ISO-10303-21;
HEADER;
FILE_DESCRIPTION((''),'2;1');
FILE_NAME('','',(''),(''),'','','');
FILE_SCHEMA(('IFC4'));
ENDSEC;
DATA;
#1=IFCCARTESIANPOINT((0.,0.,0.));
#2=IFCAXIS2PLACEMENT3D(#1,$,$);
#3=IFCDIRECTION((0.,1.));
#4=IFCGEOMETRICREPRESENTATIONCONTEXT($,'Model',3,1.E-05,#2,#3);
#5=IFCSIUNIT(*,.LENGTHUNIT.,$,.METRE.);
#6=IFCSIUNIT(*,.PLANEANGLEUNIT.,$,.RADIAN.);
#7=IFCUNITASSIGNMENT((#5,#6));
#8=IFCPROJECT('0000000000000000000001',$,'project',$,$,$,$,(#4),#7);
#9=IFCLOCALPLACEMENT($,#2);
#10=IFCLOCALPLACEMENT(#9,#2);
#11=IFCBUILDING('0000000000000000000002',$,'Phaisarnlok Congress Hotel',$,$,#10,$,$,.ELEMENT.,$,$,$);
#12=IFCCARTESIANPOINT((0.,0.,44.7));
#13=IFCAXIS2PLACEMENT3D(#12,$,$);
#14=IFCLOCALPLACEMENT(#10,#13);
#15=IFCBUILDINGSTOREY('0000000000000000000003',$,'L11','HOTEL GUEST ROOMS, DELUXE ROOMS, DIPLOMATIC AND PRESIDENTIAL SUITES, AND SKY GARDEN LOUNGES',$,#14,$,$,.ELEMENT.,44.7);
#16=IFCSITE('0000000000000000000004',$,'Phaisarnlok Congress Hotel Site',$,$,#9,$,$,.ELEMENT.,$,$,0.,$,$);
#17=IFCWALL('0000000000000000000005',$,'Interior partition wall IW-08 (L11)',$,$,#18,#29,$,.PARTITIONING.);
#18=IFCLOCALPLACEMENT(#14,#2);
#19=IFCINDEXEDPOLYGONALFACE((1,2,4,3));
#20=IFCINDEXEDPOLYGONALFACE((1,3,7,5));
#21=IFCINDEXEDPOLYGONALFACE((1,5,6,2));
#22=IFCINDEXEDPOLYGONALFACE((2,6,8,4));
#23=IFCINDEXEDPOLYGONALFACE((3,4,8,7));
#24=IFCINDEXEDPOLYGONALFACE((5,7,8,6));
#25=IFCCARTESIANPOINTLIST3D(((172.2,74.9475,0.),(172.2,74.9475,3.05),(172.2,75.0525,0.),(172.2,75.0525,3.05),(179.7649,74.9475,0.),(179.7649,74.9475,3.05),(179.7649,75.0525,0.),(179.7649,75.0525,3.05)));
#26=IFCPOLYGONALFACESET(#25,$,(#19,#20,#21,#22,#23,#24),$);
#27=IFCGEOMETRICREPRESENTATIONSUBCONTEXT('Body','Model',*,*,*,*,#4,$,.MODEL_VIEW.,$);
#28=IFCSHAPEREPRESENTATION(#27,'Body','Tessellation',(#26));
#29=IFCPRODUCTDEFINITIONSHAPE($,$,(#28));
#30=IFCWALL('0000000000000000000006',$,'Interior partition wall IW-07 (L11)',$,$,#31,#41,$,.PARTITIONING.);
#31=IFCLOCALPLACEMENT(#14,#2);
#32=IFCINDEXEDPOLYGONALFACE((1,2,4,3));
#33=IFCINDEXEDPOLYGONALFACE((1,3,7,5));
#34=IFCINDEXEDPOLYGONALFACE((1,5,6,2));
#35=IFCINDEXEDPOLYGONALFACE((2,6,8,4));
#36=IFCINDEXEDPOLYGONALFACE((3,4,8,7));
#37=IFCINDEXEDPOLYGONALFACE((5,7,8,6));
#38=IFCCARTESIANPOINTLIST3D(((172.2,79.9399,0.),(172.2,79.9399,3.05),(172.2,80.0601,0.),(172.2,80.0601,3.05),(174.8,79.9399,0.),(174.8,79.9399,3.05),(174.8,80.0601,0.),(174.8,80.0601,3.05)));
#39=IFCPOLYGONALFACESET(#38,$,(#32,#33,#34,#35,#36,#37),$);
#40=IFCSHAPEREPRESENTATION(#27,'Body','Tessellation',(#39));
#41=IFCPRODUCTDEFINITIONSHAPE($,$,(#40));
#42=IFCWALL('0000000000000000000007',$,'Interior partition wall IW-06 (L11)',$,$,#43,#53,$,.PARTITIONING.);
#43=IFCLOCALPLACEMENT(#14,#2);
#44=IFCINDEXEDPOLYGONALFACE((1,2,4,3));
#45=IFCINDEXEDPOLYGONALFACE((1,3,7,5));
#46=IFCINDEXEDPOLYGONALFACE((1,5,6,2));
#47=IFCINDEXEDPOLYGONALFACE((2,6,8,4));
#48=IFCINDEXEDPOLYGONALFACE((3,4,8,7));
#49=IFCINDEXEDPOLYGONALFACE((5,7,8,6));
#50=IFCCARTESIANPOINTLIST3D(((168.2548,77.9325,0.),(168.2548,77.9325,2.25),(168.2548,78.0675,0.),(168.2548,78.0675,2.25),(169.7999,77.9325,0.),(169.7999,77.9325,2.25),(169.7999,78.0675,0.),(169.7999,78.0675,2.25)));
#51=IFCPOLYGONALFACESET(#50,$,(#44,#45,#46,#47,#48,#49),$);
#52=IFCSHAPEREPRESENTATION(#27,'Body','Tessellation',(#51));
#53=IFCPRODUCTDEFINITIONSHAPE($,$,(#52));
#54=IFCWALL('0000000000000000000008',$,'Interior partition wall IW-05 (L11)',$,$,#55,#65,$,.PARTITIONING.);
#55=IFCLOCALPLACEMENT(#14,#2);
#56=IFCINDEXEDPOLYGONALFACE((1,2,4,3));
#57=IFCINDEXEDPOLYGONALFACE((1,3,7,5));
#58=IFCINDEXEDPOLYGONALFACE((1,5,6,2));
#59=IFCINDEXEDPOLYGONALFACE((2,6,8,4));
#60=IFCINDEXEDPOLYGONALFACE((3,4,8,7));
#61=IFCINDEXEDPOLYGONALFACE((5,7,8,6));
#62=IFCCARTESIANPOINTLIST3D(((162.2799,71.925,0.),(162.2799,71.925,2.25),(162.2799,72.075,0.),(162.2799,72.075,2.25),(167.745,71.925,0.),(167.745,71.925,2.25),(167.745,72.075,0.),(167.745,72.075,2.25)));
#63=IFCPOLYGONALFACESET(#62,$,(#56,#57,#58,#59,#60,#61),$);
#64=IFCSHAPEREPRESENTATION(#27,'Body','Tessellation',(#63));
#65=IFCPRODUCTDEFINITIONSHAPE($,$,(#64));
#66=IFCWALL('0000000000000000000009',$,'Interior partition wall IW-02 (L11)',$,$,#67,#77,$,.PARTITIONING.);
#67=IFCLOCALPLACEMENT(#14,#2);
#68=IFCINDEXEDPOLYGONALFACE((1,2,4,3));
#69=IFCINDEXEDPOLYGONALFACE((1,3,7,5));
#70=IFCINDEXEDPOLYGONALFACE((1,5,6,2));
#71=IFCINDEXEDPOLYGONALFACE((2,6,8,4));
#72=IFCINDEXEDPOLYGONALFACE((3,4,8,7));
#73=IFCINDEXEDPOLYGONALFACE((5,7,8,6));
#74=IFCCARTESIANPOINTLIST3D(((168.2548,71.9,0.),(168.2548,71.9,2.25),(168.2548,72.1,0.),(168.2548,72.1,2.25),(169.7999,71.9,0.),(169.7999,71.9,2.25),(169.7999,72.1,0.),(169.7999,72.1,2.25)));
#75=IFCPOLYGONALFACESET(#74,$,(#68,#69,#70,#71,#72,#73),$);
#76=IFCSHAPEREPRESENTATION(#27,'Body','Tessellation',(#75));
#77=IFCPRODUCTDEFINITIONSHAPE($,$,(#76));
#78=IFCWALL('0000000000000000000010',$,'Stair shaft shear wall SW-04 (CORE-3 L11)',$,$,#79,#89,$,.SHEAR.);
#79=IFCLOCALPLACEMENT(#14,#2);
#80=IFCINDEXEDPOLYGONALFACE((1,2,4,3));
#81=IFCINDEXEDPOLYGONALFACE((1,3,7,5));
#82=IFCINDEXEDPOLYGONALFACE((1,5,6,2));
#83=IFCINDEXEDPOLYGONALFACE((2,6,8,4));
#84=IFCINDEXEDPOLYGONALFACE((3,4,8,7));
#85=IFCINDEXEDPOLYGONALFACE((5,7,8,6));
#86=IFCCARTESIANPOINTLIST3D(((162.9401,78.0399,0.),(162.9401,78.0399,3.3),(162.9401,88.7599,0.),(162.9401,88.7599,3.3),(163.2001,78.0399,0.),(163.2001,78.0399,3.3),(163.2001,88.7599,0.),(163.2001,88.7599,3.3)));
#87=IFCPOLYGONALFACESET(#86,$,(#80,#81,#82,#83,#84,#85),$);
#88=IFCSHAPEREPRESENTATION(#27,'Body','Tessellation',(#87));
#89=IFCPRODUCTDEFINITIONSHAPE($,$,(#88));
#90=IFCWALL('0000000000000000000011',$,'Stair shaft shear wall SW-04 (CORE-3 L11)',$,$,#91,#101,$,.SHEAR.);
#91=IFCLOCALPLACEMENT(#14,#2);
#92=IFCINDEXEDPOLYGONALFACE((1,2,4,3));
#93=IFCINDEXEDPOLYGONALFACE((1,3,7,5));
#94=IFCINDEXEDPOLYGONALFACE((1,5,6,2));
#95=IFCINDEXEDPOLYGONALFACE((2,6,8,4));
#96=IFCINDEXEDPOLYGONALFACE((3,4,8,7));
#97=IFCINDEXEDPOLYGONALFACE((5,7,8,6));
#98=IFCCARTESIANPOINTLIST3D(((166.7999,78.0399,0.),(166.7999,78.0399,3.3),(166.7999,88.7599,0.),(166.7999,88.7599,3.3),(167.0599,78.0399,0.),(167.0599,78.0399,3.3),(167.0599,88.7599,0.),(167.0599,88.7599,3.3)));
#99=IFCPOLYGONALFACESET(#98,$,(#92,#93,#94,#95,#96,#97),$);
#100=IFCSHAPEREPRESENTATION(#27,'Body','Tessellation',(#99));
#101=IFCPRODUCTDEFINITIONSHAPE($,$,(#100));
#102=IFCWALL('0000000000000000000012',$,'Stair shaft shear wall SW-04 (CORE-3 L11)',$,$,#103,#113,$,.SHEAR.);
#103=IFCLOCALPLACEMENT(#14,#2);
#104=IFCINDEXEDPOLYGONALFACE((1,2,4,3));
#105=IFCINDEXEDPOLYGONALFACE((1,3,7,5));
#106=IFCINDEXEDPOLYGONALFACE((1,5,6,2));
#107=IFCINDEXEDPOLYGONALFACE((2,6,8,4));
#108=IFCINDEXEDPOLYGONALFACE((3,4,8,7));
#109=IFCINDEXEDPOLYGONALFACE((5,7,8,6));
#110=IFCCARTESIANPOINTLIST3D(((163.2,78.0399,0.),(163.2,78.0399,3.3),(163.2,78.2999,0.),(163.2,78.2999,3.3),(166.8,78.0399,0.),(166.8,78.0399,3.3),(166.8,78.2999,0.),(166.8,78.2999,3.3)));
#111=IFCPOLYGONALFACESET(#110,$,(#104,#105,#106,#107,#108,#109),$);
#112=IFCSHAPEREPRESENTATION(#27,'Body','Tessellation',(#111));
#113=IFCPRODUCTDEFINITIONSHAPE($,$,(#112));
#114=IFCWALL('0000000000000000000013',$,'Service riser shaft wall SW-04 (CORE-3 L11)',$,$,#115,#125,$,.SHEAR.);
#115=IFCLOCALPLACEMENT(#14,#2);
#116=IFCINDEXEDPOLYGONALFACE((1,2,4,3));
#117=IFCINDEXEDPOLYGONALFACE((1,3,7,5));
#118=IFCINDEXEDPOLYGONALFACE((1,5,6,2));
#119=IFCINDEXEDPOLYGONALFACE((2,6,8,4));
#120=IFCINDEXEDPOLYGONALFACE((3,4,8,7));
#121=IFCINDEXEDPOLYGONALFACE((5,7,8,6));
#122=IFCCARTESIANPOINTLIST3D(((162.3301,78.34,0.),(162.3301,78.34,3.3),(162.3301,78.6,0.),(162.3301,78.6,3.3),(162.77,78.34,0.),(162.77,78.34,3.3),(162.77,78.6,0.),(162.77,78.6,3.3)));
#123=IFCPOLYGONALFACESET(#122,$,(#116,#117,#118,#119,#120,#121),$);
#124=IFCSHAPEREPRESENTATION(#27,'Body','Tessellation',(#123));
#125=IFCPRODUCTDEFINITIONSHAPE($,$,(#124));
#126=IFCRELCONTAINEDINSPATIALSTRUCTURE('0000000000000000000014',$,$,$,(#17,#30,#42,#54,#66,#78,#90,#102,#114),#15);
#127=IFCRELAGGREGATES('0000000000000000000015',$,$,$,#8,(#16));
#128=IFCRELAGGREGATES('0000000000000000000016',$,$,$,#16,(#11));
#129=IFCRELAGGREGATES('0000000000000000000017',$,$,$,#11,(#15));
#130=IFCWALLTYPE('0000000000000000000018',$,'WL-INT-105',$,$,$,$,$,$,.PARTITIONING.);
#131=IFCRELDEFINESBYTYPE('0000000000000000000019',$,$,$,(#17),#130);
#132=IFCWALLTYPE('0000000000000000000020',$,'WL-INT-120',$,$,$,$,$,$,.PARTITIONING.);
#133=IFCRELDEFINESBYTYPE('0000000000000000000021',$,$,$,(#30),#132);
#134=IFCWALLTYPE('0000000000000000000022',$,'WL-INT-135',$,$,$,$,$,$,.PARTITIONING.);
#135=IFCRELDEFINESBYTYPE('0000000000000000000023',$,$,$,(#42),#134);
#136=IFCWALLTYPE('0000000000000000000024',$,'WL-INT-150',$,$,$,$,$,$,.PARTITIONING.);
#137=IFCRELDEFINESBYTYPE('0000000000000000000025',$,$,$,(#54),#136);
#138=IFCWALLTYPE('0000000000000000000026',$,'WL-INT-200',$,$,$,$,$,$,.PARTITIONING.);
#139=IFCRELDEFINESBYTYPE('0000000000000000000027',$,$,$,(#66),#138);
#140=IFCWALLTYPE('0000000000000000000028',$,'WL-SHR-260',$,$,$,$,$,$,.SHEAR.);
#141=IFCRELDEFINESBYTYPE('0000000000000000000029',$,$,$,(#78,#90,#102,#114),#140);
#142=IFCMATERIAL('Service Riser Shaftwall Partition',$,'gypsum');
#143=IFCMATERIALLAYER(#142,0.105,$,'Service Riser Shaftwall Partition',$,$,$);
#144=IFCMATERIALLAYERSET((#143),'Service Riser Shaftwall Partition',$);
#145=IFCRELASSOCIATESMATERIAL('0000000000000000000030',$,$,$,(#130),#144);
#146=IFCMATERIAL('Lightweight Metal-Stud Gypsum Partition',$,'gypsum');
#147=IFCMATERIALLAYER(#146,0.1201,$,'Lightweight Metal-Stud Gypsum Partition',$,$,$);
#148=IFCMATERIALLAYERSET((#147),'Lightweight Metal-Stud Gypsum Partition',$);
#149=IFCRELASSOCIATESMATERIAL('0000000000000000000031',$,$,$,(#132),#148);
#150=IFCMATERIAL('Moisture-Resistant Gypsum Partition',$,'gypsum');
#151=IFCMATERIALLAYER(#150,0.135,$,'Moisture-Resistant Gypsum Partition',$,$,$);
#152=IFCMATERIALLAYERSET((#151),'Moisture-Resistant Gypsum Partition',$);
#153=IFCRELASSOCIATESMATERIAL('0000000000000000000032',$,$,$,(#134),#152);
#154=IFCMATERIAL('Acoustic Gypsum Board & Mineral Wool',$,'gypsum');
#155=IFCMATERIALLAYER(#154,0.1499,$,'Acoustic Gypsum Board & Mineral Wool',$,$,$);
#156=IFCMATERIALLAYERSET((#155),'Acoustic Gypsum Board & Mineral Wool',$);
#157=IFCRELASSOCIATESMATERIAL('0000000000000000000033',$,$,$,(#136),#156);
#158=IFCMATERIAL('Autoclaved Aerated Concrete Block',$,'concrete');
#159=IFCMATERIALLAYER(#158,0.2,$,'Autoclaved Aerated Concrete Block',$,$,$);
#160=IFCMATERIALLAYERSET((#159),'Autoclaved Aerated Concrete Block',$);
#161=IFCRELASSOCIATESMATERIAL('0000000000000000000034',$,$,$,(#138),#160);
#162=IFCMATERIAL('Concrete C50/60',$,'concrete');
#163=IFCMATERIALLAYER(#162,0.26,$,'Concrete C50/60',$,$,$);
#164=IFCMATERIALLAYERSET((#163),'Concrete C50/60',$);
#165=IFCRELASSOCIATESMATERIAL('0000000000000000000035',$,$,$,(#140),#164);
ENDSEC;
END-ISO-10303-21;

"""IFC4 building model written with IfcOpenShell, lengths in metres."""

from ifc_helpers import new_model, si_unit, direction, frame, frame_2d, origin, place, context, subcontext, project, spatial, rectangle, extrude, material, layer, layer_set, type_object, element, save


model = new_model("IFC4")

# Units and contexts
model_context = context("Model", 3, precision=1e-05, world=origin(), true_north=direction((0.0, 1.0)))
body_context = subcontext(model_context, "Body", "Model", "MODEL_VIEW")
ifc_project = project(units=[si_unit("LENGTHUNIT", "METRE"), si_unit("PLANEANGLEUNIT", "RADIAN")], contexts=[model_context])

# Site, building, storey
site_placement = place(None, origin())
site = spatial("IfcSite", under=ifc_project, at=site_placement, Name="Phaisarnlok Congress Hotel Site", CompositionType="ELEMENT", RefElevation=0.0)
building_placement = place(site_placement, origin())
building = spatial("IfcBuilding", under=site, at=building_placement, Name="Phaisarnlok Congress Hotel", CompositionType="ELEMENT")
storey_placement = place(building_placement, frame((0.0, 0.0, 44.7)))
storey = spatial("IfcBuildingStorey", under=building, at=storey_placement, Name="L11", Description="HOTEL GUEST ROOMS, DELUXE ROOMS, DIPLOMATIC AND PRESIDENTIAL SUITES, AND SKY GARDEN LOUNGES", CompositionType="ELEMENT", Elevation=44.7)

# Shared definitions
ifc_material_1 = material(Name="Concrete C50/60", Category="concrete")

# Walls
ifc_material_2 = material(Name="Service Riser Shaftwall Partition", Category="gypsum")
ifc_layer_1 = layer(ifc_material_2, 0.105, Name="Service Riser Shaftwall Partition")
ifc_layer_set_1 = layer_set([ifc_layer_1], Name="Service Riser Shaftwall Partition")
wall_type_1 = type_object("IfcWallType", Name="WL-INT-105", PredefinedType="PARTITIONING", material=ifc_layer_set_1)
wall_1_placement = place(storey_placement, frame((172.2, 75.0, 0.0), z_axis=(0.0, 0.0, 1.0), x_axis=(1.0, 0.0, 0.0)))
element("IfcWall", 1, at=wall_1_placement, inside=storey, type_object=wall_type_1, Name="Interior partition wall IW-08 (L11)", PredefinedType="PARTITIONING", context=body_context, shape_type="SweptSolid", body=[
    extrude(rectangle(XDim=7.5649, YDim=0.105, at=frame_2d((3.7825, 0.0))), origin(), (0.0, 0.0, 1.0), 3.05),
])
ifc_material_3 = material(Name="Lightweight Metal-Stud Gypsum Partition", Category="gypsum")
ifc_layer_2 = layer(ifc_material_3, 0.1201, Name="Lightweight Metal-Stud Gypsum Partition")
ifc_layer_set_2 = layer_set([ifc_layer_2], Name="Lightweight Metal-Stud Gypsum Partition")
wall_type_2 = type_object("IfcWallType", Name="WL-INT-120", PredefinedType="PARTITIONING", material=ifc_layer_set_2)
wall_2_placement = place(storey_placement, frame((172.2, 80.0, 0.0), z_axis=(0.0, 0.0, 1.0), x_axis=(1.0, 0.0, 0.0)))
element("IfcWall", 2, at=wall_2_placement, inside=storey, type_object=wall_type_2, Name="Interior partition wall IW-07 (L11)", PredefinedType="PARTITIONING", context=body_context, shape_type="SweptSolid", body=[
    extrude(rectangle(XDim=2.6001, YDim=0.1201, at=frame_2d((1.3, 0.0))), origin(), (0.0, 0.0, 1.0), 3.05),
])
ifc_material_4 = material(Name="Moisture-Resistant Gypsum Partition", Category="gypsum")
ifc_layer_3 = layer(ifc_material_4, 0.135, Name="Moisture-Resistant Gypsum Partition")
ifc_layer_set_3 = layer_set([ifc_layer_3], Name="Moisture-Resistant Gypsum Partition")
wall_type_3 = type_object("IfcWallType", Name="WL-INT-135", PredefinedType="PARTITIONING", material=ifc_layer_set_3)
wall_3_placement = place(storey_placement, frame((168.2549, 78.0, 0.0), z_axis=(0.0, 0.0, 1.0), x_axis=(1.0, 0.0, 0.0)))
element("IfcWall", 3, at=wall_3_placement, inside=storey, type_object=wall_type_3, Name="Interior partition wall IW-06 (L11)", PredefinedType="PARTITIONING", context=body_context, shape_type="SweptSolid", body=[
    extrude(rectangle(XDim=1.5452, YDim=0.135, at=frame_2d((0.7725, 0.0))), origin(), (0.0, 0.0, 1.0), 2.25),
])
ifc_material_5 = material(Name="Acoustic Gypsum Board & Mineral Wool", Category="gypsum")
ifc_layer_4 = layer(ifc_material_5, 0.1499, Name="Acoustic Gypsum Board & Mineral Wool")
ifc_layer_set_4 = layer_set([ifc_layer_4], Name="Acoustic Gypsum Board & Mineral Wool")
wall_type_4 = type_object("IfcWallType", Name="WL-INT-150", PredefinedType="PARTITIONING", material=ifc_layer_set_4)
wall_4_placement = place(storey_placement, frame((162.28, 72.0, 0.0), z_axis=(0.0, 0.0, 1.0), x_axis=(1.0, 0.0, 0.0)))
element("IfcWall", 4, at=wall_4_placement, inside=storey, type_object=wall_type_4, Name="Interior partition wall IW-05 (L11)", PredefinedType="PARTITIONING", context=body_context, shape_type="SweptSolid", body=[
    extrude(rectangle(XDim=5.4651, YDim=0.1499, at=frame_2d((2.7324, 0.0))), origin(), (0.0, 0.0, 1.0), 2.25),
])
ifc_material_6 = material(Name="Autoclaved Aerated Concrete Block", Category="concrete")
ifc_layer_5 = layer(ifc_material_6, 0.2, Name="Autoclaved Aerated Concrete Block")
ifc_layer_set_5 = layer_set([ifc_layer_5], Name="Autoclaved Aerated Concrete Block")
wall_type_5 = type_object("IfcWallType", Name="WL-INT-200", PredefinedType="PARTITIONING", material=ifc_layer_set_5)
wall_5_placement = place(storey_placement, frame((168.2549, 72.0, 0.0), z_axis=(0.0, 0.0, 1.0), x_axis=(1.0, 0.0, 0.0)))
element("IfcWall", 5, at=wall_5_placement, inside=storey, type_object=wall_type_5, Name="Interior partition wall IW-02 (L11)", PredefinedType="PARTITIONING", context=body_context, shape_type="SweptSolid", body=[
    extrude(rectangle(XDim=1.5452, YDim=0.2, at=frame_2d((0.7725, 0.0))), origin(), (0.0, 0.0, 1.0), 2.25),
])
ifc_layer_6 = layer(ifc_material_1, 0.26, Name="Concrete C50/60")
ifc_layer_set_6 = layer_set([ifc_layer_6], Name="Concrete C50/60")
wall_type_6 = type_object("IfcWallType", Name="WL-SHR-260", PredefinedType="SHEAR", material=ifc_layer_set_6)
for number, where, z_axis, x_axis, name in (
    (6, (163.0701, 78.04, 0.0), (0.0, 0.0, 1.0), (0.0, 1.0, 0.0), "Stair shaft shear wall SW-04 (CORE-3 L11)"),
    (7, (166.9299, 78.04, 0.0), (0.0, 0.0, 1.0), (0.0, 1.0, 0.0), "Stair shaft shear wall SW-04 (CORE-3 L11)"),
):
    element("IfcWall", number, at=place(storey_placement, frame(where, z_axis=z_axis, x_axis=x_axis)), inside=storey, type_object=wall_type_6, Name=name, PredefinedType="SHEAR", context=body_context, shape_type="SweptSolid", body=[
        extrude(rectangle(XDim=10.72, YDim=0.26, at=frame_2d((5.3599, 0.0))), origin(), (0.0, 0.0, 1.0), 3.3),
    ])
wall_6_placement = place(storey_placement, frame((163.2, 78.1699, 0.0), z_axis=(0.0, 0.0, 1.0), x_axis=(1.0, 0.0, 0.0)))
element("IfcWall", 8, at=wall_6_placement, inside=storey, type_object=wall_type_6, Name="Stair shaft shear wall SW-04 (CORE-3 L11)", PredefinedType="SHEAR", context=body_context, shape_type="SweptSolid", body=[
    extrude(rectangle(XDim=3.6001, YDim=0.26, at=frame_2d((1.8, 0.0))), origin(), (0.0, 0.0, 1.0), 3.3),
])
wall_7_placement = place(storey_placement, frame((162.3301, 78.47, 0.0), z_axis=(0.0, 0.0, 1.0), x_axis=(1.0, 0.0, 0.0)))
element("IfcWall", 9, at=wall_7_placement, inside=storey, type_object=wall_type_6, Name="Service riser shaft wall SW-04 (CORE-3 L11)", PredefinedType="SHEAR", context=body_context, shape_type="SweptSolid", body=[
    extrude(rectangle(XDim=0.4399, YDim=0.26, at=frame_2d((0.22, 0.0))), origin(), (0.0, 0.0, 1.0), 3.3),
])

save(model, "model.ifc")
